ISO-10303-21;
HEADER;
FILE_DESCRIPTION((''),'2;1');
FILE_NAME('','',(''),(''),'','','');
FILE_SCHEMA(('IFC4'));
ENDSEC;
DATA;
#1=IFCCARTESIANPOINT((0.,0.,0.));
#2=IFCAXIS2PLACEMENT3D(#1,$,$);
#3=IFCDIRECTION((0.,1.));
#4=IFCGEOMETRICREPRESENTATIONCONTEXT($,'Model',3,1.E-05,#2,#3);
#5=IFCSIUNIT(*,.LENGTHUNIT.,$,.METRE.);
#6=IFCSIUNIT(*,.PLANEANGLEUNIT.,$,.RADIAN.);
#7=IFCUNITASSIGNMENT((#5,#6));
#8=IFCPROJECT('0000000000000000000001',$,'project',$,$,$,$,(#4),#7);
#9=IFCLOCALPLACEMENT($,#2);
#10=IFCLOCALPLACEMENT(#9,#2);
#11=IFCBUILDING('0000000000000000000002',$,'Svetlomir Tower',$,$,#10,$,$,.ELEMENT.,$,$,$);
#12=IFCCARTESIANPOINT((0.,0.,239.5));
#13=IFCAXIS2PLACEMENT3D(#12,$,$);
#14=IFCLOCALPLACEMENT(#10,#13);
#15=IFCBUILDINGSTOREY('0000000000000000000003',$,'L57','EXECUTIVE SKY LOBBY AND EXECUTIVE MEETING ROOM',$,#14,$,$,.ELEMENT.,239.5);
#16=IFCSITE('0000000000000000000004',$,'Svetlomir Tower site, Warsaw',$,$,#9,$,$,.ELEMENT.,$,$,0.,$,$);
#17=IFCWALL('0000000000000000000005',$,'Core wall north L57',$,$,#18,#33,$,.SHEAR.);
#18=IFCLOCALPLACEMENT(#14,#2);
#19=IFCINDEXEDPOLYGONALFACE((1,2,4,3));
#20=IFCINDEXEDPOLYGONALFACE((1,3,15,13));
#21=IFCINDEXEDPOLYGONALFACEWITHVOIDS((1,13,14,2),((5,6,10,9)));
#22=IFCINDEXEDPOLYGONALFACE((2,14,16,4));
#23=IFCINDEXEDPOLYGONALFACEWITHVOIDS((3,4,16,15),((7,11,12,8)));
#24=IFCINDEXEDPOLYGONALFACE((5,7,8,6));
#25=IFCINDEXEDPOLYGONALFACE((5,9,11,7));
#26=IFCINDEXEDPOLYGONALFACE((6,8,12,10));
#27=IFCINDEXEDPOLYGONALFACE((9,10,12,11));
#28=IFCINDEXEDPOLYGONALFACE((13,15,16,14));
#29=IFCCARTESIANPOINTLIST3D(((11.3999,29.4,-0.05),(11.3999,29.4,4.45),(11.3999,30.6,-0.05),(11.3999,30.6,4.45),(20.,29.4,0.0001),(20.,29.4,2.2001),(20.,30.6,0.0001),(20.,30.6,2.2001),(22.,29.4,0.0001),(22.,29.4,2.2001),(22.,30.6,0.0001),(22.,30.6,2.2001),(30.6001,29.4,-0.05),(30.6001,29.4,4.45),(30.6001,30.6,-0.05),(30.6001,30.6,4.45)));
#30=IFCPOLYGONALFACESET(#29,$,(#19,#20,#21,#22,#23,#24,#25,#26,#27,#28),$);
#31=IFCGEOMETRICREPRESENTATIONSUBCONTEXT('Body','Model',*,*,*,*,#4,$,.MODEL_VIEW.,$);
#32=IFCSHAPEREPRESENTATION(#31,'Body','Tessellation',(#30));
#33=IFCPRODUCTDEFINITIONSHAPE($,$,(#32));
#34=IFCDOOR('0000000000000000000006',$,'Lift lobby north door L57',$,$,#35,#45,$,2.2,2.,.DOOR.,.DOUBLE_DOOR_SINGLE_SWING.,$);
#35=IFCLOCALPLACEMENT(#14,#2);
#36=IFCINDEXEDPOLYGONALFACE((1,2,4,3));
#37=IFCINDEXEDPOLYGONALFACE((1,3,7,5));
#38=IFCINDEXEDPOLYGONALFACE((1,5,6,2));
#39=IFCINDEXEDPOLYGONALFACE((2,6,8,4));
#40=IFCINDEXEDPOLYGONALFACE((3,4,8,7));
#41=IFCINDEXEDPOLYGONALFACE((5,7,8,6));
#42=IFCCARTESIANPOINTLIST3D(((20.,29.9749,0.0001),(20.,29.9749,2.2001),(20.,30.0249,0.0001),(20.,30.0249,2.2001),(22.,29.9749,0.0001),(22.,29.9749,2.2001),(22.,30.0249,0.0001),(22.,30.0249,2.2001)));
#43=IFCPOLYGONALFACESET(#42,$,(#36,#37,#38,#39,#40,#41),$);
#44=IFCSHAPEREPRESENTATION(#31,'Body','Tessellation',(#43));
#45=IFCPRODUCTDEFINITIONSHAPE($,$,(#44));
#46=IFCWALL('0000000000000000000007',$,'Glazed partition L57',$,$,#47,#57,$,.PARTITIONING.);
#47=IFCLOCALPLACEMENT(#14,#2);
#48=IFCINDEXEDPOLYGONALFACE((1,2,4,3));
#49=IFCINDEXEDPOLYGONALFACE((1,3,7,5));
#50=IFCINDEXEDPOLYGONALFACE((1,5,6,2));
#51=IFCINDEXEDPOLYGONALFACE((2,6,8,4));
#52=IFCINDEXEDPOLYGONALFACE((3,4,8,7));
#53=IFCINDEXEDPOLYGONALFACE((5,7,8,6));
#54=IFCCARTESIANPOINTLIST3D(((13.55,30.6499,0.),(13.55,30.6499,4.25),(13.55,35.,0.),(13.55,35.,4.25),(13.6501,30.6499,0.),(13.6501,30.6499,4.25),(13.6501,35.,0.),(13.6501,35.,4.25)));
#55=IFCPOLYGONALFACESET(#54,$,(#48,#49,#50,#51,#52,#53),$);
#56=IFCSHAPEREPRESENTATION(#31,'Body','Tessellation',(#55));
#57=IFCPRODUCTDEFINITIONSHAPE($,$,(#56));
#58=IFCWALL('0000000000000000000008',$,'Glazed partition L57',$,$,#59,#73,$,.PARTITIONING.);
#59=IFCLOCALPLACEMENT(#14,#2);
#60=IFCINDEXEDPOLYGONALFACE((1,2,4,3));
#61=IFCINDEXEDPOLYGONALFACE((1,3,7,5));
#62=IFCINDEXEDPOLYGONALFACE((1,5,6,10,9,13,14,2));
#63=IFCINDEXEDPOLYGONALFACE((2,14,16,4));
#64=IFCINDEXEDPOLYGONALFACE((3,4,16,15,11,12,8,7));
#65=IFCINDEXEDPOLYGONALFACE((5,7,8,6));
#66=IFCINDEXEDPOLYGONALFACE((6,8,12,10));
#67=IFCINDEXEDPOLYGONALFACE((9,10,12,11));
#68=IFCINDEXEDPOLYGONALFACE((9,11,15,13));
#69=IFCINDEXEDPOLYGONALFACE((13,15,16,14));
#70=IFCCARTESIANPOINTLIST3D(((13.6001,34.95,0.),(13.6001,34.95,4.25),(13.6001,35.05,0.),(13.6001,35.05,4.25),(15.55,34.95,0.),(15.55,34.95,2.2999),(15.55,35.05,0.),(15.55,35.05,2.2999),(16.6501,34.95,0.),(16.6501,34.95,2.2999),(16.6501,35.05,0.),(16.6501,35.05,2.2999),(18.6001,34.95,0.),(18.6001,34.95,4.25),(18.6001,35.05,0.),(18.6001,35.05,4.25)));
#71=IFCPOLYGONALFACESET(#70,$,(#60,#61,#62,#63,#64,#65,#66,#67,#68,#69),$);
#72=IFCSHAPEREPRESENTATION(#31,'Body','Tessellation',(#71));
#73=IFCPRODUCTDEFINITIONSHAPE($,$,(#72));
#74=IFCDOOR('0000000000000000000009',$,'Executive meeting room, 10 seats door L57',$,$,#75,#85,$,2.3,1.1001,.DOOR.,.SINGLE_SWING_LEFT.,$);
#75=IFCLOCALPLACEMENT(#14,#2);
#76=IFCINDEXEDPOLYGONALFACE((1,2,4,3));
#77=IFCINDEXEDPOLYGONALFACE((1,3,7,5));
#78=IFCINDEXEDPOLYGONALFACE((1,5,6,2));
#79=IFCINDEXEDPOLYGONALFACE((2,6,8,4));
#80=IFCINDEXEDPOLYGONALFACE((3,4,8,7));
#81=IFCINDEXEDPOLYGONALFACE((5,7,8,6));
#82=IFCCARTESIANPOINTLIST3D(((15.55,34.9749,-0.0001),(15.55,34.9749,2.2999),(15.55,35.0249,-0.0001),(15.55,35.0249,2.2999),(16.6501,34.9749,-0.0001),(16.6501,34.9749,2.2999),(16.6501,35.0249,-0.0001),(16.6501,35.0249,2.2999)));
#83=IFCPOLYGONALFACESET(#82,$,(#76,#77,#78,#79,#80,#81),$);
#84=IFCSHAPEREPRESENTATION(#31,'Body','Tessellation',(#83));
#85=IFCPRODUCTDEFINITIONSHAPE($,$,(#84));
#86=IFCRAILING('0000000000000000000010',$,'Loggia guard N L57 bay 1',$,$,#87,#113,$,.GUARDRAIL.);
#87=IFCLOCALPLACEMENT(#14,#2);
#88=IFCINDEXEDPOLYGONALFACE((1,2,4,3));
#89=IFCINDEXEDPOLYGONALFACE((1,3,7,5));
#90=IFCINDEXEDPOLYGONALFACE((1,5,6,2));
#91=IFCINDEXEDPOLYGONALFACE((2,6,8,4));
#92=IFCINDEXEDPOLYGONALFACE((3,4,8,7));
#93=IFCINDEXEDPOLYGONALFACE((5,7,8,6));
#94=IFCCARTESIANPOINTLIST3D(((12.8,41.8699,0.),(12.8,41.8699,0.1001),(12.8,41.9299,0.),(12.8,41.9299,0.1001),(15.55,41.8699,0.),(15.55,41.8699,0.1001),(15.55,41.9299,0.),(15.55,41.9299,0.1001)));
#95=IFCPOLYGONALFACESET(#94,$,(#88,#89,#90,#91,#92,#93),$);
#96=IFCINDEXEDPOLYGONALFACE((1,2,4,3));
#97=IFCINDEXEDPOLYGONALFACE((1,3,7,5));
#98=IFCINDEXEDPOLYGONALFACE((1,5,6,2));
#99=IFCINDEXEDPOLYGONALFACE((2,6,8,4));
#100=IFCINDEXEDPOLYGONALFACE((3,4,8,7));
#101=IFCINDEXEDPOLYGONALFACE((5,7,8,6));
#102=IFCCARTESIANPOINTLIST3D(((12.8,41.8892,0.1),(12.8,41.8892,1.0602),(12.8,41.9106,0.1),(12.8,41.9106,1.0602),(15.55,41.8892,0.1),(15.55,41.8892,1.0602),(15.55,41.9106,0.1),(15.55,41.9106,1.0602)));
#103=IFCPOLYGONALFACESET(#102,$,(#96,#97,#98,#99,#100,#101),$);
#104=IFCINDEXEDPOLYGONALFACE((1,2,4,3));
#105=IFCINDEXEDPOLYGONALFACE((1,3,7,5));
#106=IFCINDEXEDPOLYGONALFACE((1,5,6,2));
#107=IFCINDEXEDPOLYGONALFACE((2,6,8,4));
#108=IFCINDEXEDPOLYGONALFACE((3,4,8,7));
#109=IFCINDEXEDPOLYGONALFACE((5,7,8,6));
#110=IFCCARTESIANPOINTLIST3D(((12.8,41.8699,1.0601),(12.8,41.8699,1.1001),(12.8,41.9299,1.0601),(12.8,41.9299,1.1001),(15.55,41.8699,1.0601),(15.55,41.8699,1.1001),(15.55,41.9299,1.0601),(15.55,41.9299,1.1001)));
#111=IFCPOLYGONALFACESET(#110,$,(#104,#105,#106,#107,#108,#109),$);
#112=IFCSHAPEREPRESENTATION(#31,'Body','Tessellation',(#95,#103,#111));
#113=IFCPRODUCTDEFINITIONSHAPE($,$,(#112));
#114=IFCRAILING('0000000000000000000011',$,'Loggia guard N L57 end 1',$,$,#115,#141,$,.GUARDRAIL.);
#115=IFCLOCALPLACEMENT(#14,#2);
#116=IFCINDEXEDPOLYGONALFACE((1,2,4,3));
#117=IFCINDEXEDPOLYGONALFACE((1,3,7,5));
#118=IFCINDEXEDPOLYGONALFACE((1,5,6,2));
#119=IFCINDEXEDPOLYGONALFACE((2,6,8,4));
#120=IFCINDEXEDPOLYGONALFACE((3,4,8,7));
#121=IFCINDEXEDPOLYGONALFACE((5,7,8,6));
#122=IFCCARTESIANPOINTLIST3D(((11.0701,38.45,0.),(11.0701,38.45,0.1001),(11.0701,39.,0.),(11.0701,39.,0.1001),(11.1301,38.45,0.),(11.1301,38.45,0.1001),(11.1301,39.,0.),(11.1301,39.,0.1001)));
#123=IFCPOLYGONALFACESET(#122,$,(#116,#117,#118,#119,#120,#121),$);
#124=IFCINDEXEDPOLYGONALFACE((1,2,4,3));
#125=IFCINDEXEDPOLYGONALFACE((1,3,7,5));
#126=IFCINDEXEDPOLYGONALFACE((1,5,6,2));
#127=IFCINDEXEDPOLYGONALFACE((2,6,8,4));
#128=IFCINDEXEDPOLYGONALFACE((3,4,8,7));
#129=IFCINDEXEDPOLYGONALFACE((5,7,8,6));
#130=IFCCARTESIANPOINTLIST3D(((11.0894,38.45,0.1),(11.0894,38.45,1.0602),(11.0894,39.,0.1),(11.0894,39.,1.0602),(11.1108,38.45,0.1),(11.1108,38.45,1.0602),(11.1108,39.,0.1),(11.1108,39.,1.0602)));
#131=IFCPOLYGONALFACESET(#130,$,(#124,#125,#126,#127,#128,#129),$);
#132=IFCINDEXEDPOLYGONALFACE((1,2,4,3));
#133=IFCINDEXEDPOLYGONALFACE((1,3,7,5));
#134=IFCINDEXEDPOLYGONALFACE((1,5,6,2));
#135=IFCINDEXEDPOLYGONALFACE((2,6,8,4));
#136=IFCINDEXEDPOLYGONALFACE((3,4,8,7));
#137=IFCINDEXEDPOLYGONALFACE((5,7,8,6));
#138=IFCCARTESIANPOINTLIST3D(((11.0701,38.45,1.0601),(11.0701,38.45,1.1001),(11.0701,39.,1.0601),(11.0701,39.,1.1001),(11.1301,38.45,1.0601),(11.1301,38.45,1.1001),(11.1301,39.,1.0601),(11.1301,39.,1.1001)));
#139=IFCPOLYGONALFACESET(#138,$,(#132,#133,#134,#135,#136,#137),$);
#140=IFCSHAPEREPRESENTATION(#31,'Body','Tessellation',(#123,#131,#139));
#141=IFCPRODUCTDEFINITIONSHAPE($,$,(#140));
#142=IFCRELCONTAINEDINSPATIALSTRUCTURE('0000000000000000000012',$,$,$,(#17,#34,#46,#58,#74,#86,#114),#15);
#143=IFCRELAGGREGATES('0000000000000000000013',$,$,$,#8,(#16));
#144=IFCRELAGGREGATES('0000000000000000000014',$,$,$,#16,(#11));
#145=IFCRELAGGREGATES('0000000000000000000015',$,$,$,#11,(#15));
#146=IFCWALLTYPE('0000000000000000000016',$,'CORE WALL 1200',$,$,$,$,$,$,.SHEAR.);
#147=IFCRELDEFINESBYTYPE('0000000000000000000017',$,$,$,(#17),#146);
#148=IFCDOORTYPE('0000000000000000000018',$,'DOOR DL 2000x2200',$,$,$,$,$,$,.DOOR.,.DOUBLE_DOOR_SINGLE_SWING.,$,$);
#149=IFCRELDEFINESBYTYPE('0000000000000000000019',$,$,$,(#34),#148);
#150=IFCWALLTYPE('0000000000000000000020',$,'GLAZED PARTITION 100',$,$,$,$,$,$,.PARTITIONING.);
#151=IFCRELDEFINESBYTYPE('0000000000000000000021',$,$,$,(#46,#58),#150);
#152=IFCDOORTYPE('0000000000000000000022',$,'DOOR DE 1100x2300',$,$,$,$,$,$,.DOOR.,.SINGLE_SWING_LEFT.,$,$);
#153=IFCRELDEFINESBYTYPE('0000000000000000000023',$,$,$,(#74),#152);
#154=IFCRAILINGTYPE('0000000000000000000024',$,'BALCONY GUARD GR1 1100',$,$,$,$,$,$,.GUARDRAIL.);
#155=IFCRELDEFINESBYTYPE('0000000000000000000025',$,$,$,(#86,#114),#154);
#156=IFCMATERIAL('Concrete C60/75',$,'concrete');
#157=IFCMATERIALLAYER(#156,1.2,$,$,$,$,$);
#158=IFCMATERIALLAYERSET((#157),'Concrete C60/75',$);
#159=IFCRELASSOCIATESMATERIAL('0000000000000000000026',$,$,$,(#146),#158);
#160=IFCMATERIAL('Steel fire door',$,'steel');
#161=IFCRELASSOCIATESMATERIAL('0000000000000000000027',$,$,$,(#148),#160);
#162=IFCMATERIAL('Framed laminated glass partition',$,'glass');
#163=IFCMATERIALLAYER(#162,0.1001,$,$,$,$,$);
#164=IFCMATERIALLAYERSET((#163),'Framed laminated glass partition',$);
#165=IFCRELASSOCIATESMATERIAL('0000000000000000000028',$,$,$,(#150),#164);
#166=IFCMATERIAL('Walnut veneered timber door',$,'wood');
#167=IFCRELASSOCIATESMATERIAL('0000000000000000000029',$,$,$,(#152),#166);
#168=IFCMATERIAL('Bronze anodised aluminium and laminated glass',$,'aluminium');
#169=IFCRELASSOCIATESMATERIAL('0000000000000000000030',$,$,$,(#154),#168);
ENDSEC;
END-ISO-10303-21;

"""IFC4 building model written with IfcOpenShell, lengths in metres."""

from ifc_helpers import new_model, si_unit, direction, frame, frame_2d, origin, origin_2d, place, context, subcontext, project, spatial, rectangle, extrude, material, layer, layer_set, type_object, element, fill, save


model = new_model("IFC4")

# Units and contexts
model_context = context("Model", 3, precision=1e-05, world=origin(), true_north=direction((0.0, 1.0)))
body_context = subcontext(model_context, "Body", "Model", "MODEL_VIEW")
ifc_project = project(units=[si_unit("LENGTHUNIT", "METRE"), si_unit("PLANEANGLEUNIT", "RADIAN")], contexts=[model_context])

# Site, building, storey
site_placement = place(None, origin())
site = spatial("IfcSite", under=ifc_project, at=site_placement, Name="Svetlomir Tower site, Warsaw", CompositionType="ELEMENT", RefElevation=0.0)
building_placement = place(site_placement, origin())
building = spatial("IfcBuilding", under=site, at=building_placement, Name="Svetlomir Tower", CompositionType="ELEMENT")
storey_placement = place(building_placement, frame((0.0, 0.0, 239.5)))
storey = spatial("IfcBuildingStorey", under=building, at=storey_placement, Name="L57", Description="EXECUTIVE SKY LOBBY AND EXECUTIVE MEETING ROOM", CompositionType="ELEMENT", Elevation=239.5)

# Wall, opening, door
ifc_material_1 = material(Name="Concrete C60/75", Category="concrete")
ifc_layer_1 = layer(ifc_material_1, 1.2)
ifc_layer_set_1 = layer_set([ifc_layer_1], Name="Concrete C60/75")
wall_type_1 = type_object("IfcWallType", Name="CORE WALL 1200", PredefinedType="SHEAR", material=ifc_layer_set_1)
wall_1_placement = place(storey_placement, frame((11.3999, 30.0, -0.05), z_axis=(0.0, 0.0, 1.0), x_axis=(1.0, 0.0, 0.0)))
wall_1 = element("IfcWall", 1, at=wall_1_placement, inside=storey, type_object=wall_type_1, Name="Core wall north L57", PredefinedType="SHEAR", context=body_context, shape_type="SweptSolid", body=[
    extrude(rectangle(XDim=19.2002, YDim=1.2, at=frame_2d((9.6001, 0.0))), origin(), (0.0, 0.0, 1.0), 4.5),
])
opening_1_placement = place(wall_1_placement, frame((8.6001, 0.0, 0.05)))
opening_1 = element("IfcOpeningElement", 2, at=opening_1_placement, cuts=wall_1, PredefinedType="OPENING", context=body_context, shape_type="SweptSolid", body=[
    extrude(rectangle(XDim=2.0, YDim=2.2, at=frame_2d((1.0, 1.1001))), frame((0.0, 0.6099, 0.0), z_axis=(0.0, -1.0, 0.0), x_axis=(1.0, 0.0, 0.0)), (0.0, 0.0, 1.0), 1.22),
])
ifc_material_2 = material(Name="Steel fire door", Category="steel")
door_type_1 = type_object("IfcDoorType", Name="DOOR DL 2000x2200", OperationType="DOUBLE_DOOR_SINGLE_SWING", PredefinedType="DOOR", material=ifc_material_2)
door_1_placement = place(opening_1_placement, origin())
door_1 = element("IfcDoor", 3, at=door_1_placement, inside=storey, type_object=door_type_1, Name="Lift lobby north door L57", OperationType="DOUBLE_DOOR_SINGLE_SWING", OverallHeight=2.2, OverallWidth=2.0, PredefinedType="DOOR", context=body_context, shape_type="SweptSolid", body=[
    extrude(rectangle(XDim=2.0, YDim=2.2, at=frame_2d((1.0, 1.1001))), frame((0.0, 0.0249, 0.0), z_axis=(0.0, -1.0, 0.0), x_axis=(1.0, 0.0, 0.0)), (0.0, 0.0, 1.0), 0.05),
])
fill(opening_1, door_1)

# Wall
ifc_material_3 = material(Name="Framed laminated glass partition", Category="glass")
ifc_layer_2 = layer(ifc_material_3, 0.1001)
ifc_layer_set_2 = layer_set([ifc_layer_2], Name="Framed laminated glass partition")
wall_type_2 = type_object("IfcWallType", Name="GLAZED PARTITION 100", PredefinedType="PARTITIONING", material=ifc_layer_set_2)
wall_2_placement = place(storey_placement, frame((13.6001, 30.6499, 0.0), z_axis=(0.0, 0.0, 1.0), x_axis=(0.0, 1.0, 0.0)))
element("IfcWall", 4, at=wall_2_placement, inside=storey, type_object=wall_type_2, Name="Glazed partition L57", PredefinedType="PARTITIONING", context=body_context, shape_type="SweptSolid", body=[
    extrude(rectangle(XDim=4.3501, YDim=0.1001, at=frame_2d((2.175, 0.0))), origin(), (0.0, 0.0, 1.0), 4.25),
])

# Wall, opening, door
wall_3_placement = place(storey_placement, frame((13.6001, 35.0, 0.0), z_axis=(0.0, 0.0, 1.0), x_axis=(1.0, 0.0, 0.0)))
wall_3 = element("IfcWall", 5, at=wall_3_placement, inside=storey, type_object=wall_type_2, Name="Glazed partition L57", PredefinedType="PARTITIONING", context=body_context, shape_type="SweptSolid", body=[
    extrude(rectangle(XDim=5.0, YDim=0.1001, at=frame_2d((2.5, 0.0))), origin(), (0.0, 0.0, 1.0), 4.25),
])
opening_2_placement = place(wall_3_placement, frame((1.95, 0.0, 0.0)))
opening_2 = element("IfcOpeningElement", 6, at=opening_2_placement, cuts=wall_3, PredefinedType="OPENING", context=body_context, shape_type="SweptSolid", body=[
    extrude(rectangle(XDim=1.1001, YDim=2.3, at=frame_2d((0.55, 1.1499))), frame((0.0, 0.0601, 0.0), z_axis=(0.0, -1.0, 0.0), x_axis=(1.0, 0.0, 0.0)), (0.0, 0.0, 1.0), 0.1201),
])
ifc_material_4 = material(Name="Walnut veneered timber door", Category="wood")
door_type_2 = type_object("IfcDoorType", Name="DOOR DE 1100x2300", OperationType="SINGLE_SWING_LEFT", PredefinedType="DOOR", material=ifc_material_4)
door_2_placement = place(opening_2_placement, origin())
door_2 = element("IfcDoor", 7, at=door_2_placement, inside=storey, type_object=door_type_2, Name="Executive meeting room, 10 seats door L57", OperationType="SINGLE_SWING_LEFT", OverallHeight=2.3, OverallWidth=1.1001, PredefinedType="DOOR", context=body_context, shape_type="SweptSolid", body=[
    extrude(rectangle(XDim=1.1001, YDim=2.3, at=frame_2d((0.55, 1.1499))), frame((0.0, 0.0249, 0.0), z_axis=(0.0, -1.0, 0.0), x_axis=(1.0, 0.0, 0.0)), (0.0, 0.0, 1.0), 0.05),
])
fill(opening_2, door_2)

# Railings
ifc_material_5 = material(Name="Bronze anodised aluminium and laminated glass", Category="aluminium")
railing_type = type_object("IfcRailingType", Name="BALCONY GUARD GR1 1100", PredefinedType="GUARDRAIL", material=ifc_material_5)
railing_1_placement = place(storey_placement, frame((12.8, 41.8999, 0.0)))
element("IfcRailing", 8, at=railing_1_placement, inside=storey, type_object=railing_type, Name="Loggia guard N L57 bay 1", PredefinedType="GUARDRAIL", context=body_context, shape_type="SweptSolid", body=[
    extrude(rectangle(XDim=0.0601, YDim=0.1001, at=origin_2d()), frame((0.0, 0.0, 0.05), z_axis=(1.0, 0.0, 0.0), x_axis=(0.0, 1.0, 0.0)), (0.0, 0.0, 1.0), 2.75),
    extrude(rectangle(XDim=0.0215, YDim=0.9602, at=origin_2d()), frame((0.0, 0.0, 0.5801), z_axis=(1.0, 0.0, 0.0), x_axis=(0.0, 1.0, 0.0)), (0.0, 0.0, 1.0), 2.75),
    extrude(rectangle(XDim=0.0601, YDim=0.04, at=origin_2d()), frame((0.0, 0.0, 1.0801), z_axis=(1.0, 0.0, 0.0), x_axis=(0.0, 1.0, 0.0)), (0.0, 0.0, 1.0), 2.75),
])
railing_2_placement = place(storey_placement, frame((11.1001, 38.45, 0.0)))
element("IfcRailing", 9, at=railing_2_placement, inside=storey, type_object=railing_type, Name="Loggia guard N L57 end 1", PredefinedType="GUARDRAIL", context=body_context, shape_type="SweptSolid", body=[
    extrude(rectangle(XDim=0.0601, YDim=0.1001, at=origin_2d()), frame((0.0, 0.0, 0.05), z_axis=(0.0, 1.0, 0.0), x_axis=(-1.0, 0.0, 0.0)), (0.0, 0.0, 1.0), 0.55),
    extrude(rectangle(XDim=0.0215, YDim=0.9602, at=origin_2d()), frame((0.0, 0.0, 0.5801), z_axis=(0.0, 1.0, 0.0), x_axis=(-1.0, 0.0, 0.0)), (0.0, 0.0, 1.0), 0.55),
    extrude(rectangle(XDim=0.0601, YDim=0.04, at=origin_2d()), frame((0.0, 0.0, 1.0801), z_axis=(0.0, 1.0, 0.0), x_axis=(-1.0, 0.0, 0.0)), (0.0, 0.0, 1.0), 0.55),
])

save(model, "model.ifc")
